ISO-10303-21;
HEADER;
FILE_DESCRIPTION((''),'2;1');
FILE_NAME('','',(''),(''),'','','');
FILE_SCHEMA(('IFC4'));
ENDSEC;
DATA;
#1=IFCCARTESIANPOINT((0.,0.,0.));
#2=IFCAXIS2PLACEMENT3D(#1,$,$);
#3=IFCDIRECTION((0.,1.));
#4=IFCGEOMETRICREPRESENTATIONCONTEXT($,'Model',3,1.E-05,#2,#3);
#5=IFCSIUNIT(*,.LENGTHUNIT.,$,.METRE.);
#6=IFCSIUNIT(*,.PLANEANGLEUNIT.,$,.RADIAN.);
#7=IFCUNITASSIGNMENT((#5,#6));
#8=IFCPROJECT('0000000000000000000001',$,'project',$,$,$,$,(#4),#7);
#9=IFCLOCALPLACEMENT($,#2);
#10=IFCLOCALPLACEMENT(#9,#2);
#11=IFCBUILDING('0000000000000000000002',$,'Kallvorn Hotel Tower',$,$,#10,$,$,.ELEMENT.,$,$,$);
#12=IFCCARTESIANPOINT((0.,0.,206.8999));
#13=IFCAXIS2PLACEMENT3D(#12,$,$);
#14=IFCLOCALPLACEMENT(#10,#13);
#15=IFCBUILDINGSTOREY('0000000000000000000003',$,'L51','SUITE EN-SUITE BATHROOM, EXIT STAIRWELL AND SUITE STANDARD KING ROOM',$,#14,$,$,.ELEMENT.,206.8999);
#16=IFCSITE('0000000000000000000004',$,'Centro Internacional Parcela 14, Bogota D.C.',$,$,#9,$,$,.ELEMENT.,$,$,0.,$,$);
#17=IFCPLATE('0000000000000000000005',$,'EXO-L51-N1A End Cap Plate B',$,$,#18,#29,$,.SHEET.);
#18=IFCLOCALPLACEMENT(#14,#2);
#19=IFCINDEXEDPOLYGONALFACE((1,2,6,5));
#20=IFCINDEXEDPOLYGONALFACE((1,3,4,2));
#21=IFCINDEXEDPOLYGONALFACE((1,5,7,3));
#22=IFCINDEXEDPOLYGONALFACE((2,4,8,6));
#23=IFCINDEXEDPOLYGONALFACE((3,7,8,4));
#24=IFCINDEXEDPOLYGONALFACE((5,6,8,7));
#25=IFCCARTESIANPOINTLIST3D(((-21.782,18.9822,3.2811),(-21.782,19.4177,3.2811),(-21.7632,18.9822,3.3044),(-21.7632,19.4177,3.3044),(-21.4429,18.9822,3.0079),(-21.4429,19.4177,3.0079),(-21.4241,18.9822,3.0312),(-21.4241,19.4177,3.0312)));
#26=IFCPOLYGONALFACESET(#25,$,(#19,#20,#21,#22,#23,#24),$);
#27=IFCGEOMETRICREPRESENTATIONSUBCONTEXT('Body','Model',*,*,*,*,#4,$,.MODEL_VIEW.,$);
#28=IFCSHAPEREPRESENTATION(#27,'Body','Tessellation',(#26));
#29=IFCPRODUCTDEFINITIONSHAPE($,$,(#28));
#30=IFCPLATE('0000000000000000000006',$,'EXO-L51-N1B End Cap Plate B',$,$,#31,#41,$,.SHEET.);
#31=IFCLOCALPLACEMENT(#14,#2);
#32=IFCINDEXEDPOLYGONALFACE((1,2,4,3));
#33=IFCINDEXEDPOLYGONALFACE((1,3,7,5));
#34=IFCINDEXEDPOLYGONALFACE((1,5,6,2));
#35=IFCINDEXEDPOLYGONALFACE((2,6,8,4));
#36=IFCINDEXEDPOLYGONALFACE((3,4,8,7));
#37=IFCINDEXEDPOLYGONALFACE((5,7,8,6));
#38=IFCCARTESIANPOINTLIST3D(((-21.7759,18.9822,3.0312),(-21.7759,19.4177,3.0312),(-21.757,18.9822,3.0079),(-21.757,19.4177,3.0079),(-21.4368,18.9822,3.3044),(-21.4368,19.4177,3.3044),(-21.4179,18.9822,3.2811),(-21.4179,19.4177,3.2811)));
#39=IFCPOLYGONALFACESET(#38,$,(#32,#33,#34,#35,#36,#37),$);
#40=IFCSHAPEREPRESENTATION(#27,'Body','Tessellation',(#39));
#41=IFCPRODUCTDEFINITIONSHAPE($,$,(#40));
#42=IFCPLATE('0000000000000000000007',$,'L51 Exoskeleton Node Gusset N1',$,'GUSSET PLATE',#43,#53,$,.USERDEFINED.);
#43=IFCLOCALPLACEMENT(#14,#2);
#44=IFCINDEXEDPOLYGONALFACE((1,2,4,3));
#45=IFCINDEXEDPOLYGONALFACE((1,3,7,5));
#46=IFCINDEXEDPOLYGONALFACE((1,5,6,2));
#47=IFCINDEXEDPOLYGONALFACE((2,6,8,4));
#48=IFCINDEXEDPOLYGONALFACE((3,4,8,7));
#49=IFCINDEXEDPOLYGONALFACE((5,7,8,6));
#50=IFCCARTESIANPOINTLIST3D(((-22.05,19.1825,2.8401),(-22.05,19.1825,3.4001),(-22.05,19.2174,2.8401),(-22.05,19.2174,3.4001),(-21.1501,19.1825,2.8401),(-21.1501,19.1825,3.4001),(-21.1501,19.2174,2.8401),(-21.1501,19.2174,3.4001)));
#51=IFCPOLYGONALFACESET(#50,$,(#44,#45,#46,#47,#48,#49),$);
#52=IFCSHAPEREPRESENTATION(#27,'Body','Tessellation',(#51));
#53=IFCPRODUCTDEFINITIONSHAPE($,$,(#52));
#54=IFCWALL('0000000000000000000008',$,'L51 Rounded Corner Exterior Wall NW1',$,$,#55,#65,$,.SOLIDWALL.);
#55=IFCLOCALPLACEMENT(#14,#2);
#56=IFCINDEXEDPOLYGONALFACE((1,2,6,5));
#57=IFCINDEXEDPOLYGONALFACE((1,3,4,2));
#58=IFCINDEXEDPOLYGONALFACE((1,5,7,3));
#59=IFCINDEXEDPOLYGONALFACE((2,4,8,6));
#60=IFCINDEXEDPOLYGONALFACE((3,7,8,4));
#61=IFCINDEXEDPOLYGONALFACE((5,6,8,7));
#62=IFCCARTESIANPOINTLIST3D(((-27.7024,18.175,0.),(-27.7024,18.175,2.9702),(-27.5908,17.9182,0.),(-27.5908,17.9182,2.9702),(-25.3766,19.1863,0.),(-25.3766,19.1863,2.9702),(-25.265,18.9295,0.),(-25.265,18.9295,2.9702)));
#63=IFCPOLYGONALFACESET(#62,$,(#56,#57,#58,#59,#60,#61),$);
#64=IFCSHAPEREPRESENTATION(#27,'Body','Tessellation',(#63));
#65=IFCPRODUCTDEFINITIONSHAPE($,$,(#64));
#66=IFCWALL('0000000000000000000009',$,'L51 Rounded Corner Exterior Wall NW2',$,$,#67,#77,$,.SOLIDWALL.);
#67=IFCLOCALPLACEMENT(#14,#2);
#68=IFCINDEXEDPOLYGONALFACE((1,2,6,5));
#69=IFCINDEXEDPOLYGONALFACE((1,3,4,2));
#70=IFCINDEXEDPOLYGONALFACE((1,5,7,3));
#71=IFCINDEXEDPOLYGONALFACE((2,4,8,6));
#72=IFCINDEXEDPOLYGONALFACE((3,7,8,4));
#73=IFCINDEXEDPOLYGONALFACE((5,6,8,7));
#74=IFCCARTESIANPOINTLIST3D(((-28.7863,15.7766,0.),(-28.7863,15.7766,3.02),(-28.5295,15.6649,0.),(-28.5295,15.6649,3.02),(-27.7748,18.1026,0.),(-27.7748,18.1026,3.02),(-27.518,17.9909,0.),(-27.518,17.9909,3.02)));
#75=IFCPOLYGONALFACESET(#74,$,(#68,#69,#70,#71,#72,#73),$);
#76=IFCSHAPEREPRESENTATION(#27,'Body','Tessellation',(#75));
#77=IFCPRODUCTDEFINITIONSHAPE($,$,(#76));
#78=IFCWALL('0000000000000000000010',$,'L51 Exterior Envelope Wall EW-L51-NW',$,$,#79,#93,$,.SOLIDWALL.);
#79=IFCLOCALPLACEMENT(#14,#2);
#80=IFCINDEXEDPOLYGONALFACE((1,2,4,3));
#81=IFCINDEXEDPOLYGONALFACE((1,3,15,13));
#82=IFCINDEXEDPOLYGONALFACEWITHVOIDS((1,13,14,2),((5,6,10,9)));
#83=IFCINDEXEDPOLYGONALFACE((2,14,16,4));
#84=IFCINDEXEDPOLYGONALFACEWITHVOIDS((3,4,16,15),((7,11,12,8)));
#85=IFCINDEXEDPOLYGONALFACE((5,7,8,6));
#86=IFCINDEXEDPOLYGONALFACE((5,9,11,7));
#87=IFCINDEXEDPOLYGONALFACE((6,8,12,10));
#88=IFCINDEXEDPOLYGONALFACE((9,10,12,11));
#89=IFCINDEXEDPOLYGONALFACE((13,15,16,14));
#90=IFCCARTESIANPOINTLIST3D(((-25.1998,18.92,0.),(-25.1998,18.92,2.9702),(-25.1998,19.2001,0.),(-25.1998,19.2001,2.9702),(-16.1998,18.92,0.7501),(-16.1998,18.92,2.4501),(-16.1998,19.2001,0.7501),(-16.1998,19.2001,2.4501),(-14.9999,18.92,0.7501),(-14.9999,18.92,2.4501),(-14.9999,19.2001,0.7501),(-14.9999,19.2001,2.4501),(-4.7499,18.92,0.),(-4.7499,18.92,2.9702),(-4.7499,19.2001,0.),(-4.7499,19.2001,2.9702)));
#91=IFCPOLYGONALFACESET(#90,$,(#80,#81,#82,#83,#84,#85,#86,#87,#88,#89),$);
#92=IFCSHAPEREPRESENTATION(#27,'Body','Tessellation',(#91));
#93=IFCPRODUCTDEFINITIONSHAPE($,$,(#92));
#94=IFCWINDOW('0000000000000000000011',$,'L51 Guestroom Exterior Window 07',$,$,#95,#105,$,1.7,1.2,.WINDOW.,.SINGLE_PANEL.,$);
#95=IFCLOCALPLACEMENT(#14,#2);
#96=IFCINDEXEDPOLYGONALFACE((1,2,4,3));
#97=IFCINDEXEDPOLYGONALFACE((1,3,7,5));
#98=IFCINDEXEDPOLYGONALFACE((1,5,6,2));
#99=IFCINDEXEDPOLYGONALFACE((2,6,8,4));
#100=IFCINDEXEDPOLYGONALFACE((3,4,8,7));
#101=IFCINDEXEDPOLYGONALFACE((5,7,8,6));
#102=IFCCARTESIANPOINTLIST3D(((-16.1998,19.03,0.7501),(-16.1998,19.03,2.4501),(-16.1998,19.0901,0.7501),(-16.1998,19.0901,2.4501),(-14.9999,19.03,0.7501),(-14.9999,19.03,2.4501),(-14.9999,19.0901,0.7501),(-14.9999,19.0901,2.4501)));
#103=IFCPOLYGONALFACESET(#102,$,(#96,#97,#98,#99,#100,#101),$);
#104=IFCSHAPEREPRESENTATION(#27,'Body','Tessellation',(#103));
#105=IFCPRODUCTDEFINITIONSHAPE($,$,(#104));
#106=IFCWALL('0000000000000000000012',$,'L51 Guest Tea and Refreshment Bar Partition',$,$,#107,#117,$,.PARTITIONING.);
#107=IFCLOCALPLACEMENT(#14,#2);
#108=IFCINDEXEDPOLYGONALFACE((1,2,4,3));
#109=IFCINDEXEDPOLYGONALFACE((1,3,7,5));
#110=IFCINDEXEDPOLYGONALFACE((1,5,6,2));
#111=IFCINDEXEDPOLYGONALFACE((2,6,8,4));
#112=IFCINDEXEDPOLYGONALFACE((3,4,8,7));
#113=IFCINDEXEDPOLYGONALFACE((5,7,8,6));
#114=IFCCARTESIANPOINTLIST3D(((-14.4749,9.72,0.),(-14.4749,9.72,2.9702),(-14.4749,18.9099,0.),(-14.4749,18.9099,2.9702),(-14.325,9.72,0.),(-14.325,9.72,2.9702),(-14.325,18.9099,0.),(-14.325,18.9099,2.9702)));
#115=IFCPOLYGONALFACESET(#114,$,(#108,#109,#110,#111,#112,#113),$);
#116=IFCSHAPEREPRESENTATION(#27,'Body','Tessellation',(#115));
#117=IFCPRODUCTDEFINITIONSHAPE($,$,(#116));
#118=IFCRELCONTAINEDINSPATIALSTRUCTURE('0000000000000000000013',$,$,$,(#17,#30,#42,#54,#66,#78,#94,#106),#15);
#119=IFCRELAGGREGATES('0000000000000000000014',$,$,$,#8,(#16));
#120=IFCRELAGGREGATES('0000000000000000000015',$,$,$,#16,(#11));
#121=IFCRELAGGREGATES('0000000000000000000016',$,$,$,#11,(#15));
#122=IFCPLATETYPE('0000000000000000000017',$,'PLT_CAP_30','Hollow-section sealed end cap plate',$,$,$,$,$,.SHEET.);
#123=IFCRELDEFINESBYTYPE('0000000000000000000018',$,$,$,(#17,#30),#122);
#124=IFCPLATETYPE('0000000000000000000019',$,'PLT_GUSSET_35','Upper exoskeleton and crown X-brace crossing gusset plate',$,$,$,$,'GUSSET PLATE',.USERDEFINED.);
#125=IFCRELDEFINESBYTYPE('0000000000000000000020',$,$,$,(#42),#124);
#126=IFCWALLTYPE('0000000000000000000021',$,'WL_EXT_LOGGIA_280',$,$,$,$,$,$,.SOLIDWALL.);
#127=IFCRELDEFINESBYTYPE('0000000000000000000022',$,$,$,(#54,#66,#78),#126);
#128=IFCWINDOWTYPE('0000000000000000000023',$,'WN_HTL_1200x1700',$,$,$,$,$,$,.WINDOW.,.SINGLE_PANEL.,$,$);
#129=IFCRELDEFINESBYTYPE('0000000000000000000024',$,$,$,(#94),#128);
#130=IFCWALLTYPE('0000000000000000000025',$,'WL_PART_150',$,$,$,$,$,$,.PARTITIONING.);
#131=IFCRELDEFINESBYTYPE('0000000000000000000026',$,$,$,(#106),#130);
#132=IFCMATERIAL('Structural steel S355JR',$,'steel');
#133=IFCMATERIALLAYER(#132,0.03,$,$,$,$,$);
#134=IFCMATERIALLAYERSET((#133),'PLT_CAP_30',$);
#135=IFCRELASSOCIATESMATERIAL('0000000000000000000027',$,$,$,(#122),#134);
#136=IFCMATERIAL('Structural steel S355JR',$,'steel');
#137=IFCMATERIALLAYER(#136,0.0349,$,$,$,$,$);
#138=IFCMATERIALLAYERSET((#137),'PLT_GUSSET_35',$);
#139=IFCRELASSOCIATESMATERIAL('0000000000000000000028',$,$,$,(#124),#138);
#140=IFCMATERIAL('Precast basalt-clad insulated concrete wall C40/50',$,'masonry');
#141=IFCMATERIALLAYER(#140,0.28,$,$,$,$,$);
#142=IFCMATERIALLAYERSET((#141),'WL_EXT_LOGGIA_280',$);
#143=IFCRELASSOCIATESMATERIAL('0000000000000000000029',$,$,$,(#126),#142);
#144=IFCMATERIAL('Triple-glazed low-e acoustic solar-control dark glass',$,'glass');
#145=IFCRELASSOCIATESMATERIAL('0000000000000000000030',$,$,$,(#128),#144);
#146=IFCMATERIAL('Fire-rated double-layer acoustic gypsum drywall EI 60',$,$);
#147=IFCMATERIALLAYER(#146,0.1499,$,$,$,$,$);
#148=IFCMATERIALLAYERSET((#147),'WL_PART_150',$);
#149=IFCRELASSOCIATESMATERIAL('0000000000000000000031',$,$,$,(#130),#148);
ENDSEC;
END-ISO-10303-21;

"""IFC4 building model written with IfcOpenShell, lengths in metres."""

from ifc_helpers import new_model, si_unit, direction, frame, frame_2d, origin, origin_2d, place, context, subcontext, project, spatial, polyline, rectangle, outline, extrude, material, layer, layer_set, type_object, element, fill, save


model = new_model("IFC4")

# Units and contexts
model_context = context("Model", 3, precision=1e-05, world=origin(), true_north=direction((0.0, 1.0)))
body_context = subcontext(model_context, "Body", "Model", "MODEL_VIEW")
ifc_project = project(units=[si_unit("LENGTHUNIT", "METRE"), si_unit("PLANEANGLEUNIT", "RADIAN")], contexts=[model_context])

# Site, building, storey
site_placement = place(None, origin())
site = spatial("IfcSite", under=ifc_project, at=site_placement, Name="Centro Internacional Parcela 14, Bogota D.C.", CompositionType="ELEMENT", RefElevation=0.0)
building_placement = place(site_placement, origin())
building = spatial("IfcBuilding", under=site, at=building_placement, Name="Kallvorn Hotel Tower", CompositionType="ELEMENT")
storey_placement = place(building_placement, frame((0.0, 0.0, 206.8999)))
storey = spatial("IfcBuildingStorey", under=building, at=storey_placement, Name="L51", Description="SUITE EN-SUITE BATHROOM, EXIT STAIRWELL AND SUITE STANDARD KING ROOM", CompositionType="ELEMENT", Elevation=206.8999)

# Plates
ifc_material_1 = material(Name="Structural steel S355JR", Category="steel")
ifc_layer_1 = layer(ifc_material_1, 0.03)
ifc_layer_set_1 = layer_set([ifc_layer_1], Name="PLT_CAP_30")
plate_type_1 = type_object("IfcPlateType", Name="PLT_CAP_30", Description="Hollow-section sealed end cap plate", PredefinedType="SHEET", material=ifc_layer_set_1)
for number, where, z_axis, x_axis, name in (
    (1, (-21.4241, 18.9822, 3.0312), (0.627358, 0.0, 0.778731), (0.0, 1.0, 0.0), "EXO-L51-N1A End Cap Plate B"),
    (2, (-21.7759, 19.4177, 3.0312), (-0.627358, 0.0, 0.778731), (0.0, -1.0, 0.0), "EXO-L51-N1B End Cap Plate B"),
):
    element("IfcPlate", number, at=place(storey_placement, frame(where, z_axis=z_axis, x_axis=x_axis)), inside=storey, type_object=plate_type_1, Name=name, PredefinedType="SHEET", context=body_context, shape_type="SweptSolid", body=[
        extrude(outline(polyline([(0.0, 0.0), (0.4355, 0.0), (0.4355, 0.4355), (0.0, 0.4355), (0.0, 0.0)])), origin(), (0.0, 0.0, -1.0), 0.03),
    ])
ifc_material_2 = material(Name="Structural steel S355JR", Category="steel")
ifc_layer_2 = layer(ifc_material_2, 0.0349)
ifc_layer_set_2 = layer_set([ifc_layer_2], Name="PLT_GUSSET_35")
plate_type_2 = type_object("IfcPlateType", Name="PLT_GUSSET_35", Description="Upper exoskeleton and crown X-brace crossing gusset plate", ElementType="GUSSET PLATE", PredefinedType="USERDEFINED", material=ifc_layer_set_2)
plate_placement = place(storey_placement, frame((-21.6001, 19.2, 2.8401), z_axis=(0.0, 0.0, 1.0), x_axis=(1.0, 0.0, 0.0)))
element("IfcPlate", 3, at=plate_placement, inside=storey, type_object=plate_type_2, Name="L51 Exoskeleton Node Gusset N1", ObjectType="GUSSET PLATE", PredefinedType="USERDEFINED", context=body_context, shape_type="SweptSolid", body=[
    extrude(rectangle(XDim=0.8999, YDim=0.0349, at=origin_2d()), origin(), (0.0, 0.0, 1.0), 0.5601),
])

# Walls
ifc_material_3 = material(Name="Precast basalt-clad insulated concrete wall C40/50", Category="masonry")
ifc_layer_3 = layer(ifc_material_3, 0.28)
ifc_layer_set_3 = layer_set([ifc_layer_3], Name="WL_EXT_LOGGIA_280")
wall_type_1 = type_object("IfcWallType", Name="WL_EXT_LOGGIA_280", PredefinedType="SOLIDWALL", material=ifc_layer_set_3)
wall_1_placement = place(storey_placement, frame((-25.3208, 19.0579, 0.0), z_axis=(0.0, 0.0, 1.0), x_axis=(-0.917061, -0.398747, 0.0)))
element("IfcWall", 4, at=wall_1_placement, inside=storey, type_object=wall_type_1, Name="L51 Rounded Corner Exterior Wall NW1", PredefinedType="SOLIDWALL", context=body_context, shape_type="SweptSolid", body=[
    extrude(rectangle(XDim=2.5361, YDim=0.28, at=frame_2d((1.2681, 0.0))), origin(), (0.0, 0.0, 1.0), 2.9702),
])
wall_2_placement = place(storey_placement, frame((-27.6465, 18.0466, 0.0), z_axis=(0.0, 0.0, 1.0), x_axis=(-0.398793, -0.917041, 0.0)))
element("IfcWall", 5, at=wall_2_placement, inside=storey, type_object=wall_type_1, Name="L51 Rounded Corner Exterior Wall NW2", PredefinedType="SOLIDWALL", context=body_context, shape_type="SweptSolid", body=[
    extrude(rectangle(XDim=2.5364, YDim=0.28, at=frame_2d((1.2681, 0.0))), origin(), (0.0, 0.0, 1.0), 3.02),
])

# Wall, opening, window
wall_3_placement = place(storey_placement, frame((-25.2, 19.0601, 0.0), z_axis=(0.0, 0.0, 1.0), x_axis=(1.0, 0.0, 0.0)))
wall_3 = element("IfcWall", 6, at=wall_3_placement, inside=storey, type_object=wall_type_1, Name="L51 Exterior Envelope Wall EW-L51-NW", PredefinedType="SOLIDWALL", context=body_context, shape_type="SweptSolid", body=[
    extrude(rectangle(XDim=20.45, YDim=0.28, at=frame_2d((10.2251, 0.0))), origin(), (0.0, 0.0, 1.0), 2.9702),
])
opening_placement = place(wall_3_placement, frame((9.0, 0.0, 0.75)))
opening = element("IfcOpeningElement", 7, at=opening_placement, cuts=wall_3, PredefinedType="OPENING", context=body_context, shape_type="SweptSolid", body=[
    extrude(rectangle(XDim=1.2, YDim=1.7, at=frame_2d((0.6001, 0.8501))), frame((0.0, 0.155, 0.0), z_axis=(0.0, -1.0, 0.0), x_axis=(1.0, 0.0, 0.0)), (0.0, 0.0, 1.0), 0.3101),
])
ifc_material_4 = material(Name="Triple-glazed low-e acoustic solar-control dark glass", Category="glass")
window_type = type_object("IfcWindowType", Name="WN_HTL_1200x1700", PartitioningType="SINGLE_PANEL", PredefinedType="WINDOW", material=ifc_material_4)
window_placement = place(opening_placement, origin())
window = element("IfcWindow", 8, at=window_placement, inside=storey, type_object=window_type, Name="L51 Guestroom Exterior Window 07", OverallHeight=1.7, OverallWidth=1.2, PartitioningType="SINGLE_PANEL", PredefinedType="WINDOW", context=body_context, shape_type="SweptSolid", body=[
    extrude(rectangle(XDim=1.2, YDim=1.7, at=frame_2d((0.6001, 0.8501))), frame((0.0, 0.03, 0.0), z_axis=(0.0, -1.0, 0.0), x_axis=(1.0, 0.0, 0.0)), (0.0, 0.0, 1.0), 0.0601),
])
fill(opening, window)

# Wall
ifc_material_5 = material(Name="Fire-rated double-layer acoustic gypsum drywall EI 60")
ifc_layer_4 = layer(ifc_material_5, 0.1499)
ifc_layer_set_4 = layer_set([ifc_layer_4], Name="WL_PART_150")
wall_type_2 = type_object("IfcWallType", Name="WL_PART_150", PredefinedType="PARTITIONING", material=ifc_layer_set_4)
wall_4_placement = place(storey_placement, frame((-14.3999, 9.72, 0.0), z_axis=(0.0, 0.0, 1.0), x_axis=(0.0, 1.0, 0.0)))
element("IfcWall", 9, at=wall_4_placement, inside=storey, type_object=wall_type_2, Name="L51 Guest Tea and Refreshment Bar Partition", PredefinedType="PARTITIONING", context=body_context, shape_type="SweptSolid", body=[
    extrude(rectangle(XDim=9.1899, YDim=0.1499, at=frame_2d((4.595, 0.0))), origin(), (0.0, 0.0, 1.0), 2.9702),
])

save(model, "model.ifc")
